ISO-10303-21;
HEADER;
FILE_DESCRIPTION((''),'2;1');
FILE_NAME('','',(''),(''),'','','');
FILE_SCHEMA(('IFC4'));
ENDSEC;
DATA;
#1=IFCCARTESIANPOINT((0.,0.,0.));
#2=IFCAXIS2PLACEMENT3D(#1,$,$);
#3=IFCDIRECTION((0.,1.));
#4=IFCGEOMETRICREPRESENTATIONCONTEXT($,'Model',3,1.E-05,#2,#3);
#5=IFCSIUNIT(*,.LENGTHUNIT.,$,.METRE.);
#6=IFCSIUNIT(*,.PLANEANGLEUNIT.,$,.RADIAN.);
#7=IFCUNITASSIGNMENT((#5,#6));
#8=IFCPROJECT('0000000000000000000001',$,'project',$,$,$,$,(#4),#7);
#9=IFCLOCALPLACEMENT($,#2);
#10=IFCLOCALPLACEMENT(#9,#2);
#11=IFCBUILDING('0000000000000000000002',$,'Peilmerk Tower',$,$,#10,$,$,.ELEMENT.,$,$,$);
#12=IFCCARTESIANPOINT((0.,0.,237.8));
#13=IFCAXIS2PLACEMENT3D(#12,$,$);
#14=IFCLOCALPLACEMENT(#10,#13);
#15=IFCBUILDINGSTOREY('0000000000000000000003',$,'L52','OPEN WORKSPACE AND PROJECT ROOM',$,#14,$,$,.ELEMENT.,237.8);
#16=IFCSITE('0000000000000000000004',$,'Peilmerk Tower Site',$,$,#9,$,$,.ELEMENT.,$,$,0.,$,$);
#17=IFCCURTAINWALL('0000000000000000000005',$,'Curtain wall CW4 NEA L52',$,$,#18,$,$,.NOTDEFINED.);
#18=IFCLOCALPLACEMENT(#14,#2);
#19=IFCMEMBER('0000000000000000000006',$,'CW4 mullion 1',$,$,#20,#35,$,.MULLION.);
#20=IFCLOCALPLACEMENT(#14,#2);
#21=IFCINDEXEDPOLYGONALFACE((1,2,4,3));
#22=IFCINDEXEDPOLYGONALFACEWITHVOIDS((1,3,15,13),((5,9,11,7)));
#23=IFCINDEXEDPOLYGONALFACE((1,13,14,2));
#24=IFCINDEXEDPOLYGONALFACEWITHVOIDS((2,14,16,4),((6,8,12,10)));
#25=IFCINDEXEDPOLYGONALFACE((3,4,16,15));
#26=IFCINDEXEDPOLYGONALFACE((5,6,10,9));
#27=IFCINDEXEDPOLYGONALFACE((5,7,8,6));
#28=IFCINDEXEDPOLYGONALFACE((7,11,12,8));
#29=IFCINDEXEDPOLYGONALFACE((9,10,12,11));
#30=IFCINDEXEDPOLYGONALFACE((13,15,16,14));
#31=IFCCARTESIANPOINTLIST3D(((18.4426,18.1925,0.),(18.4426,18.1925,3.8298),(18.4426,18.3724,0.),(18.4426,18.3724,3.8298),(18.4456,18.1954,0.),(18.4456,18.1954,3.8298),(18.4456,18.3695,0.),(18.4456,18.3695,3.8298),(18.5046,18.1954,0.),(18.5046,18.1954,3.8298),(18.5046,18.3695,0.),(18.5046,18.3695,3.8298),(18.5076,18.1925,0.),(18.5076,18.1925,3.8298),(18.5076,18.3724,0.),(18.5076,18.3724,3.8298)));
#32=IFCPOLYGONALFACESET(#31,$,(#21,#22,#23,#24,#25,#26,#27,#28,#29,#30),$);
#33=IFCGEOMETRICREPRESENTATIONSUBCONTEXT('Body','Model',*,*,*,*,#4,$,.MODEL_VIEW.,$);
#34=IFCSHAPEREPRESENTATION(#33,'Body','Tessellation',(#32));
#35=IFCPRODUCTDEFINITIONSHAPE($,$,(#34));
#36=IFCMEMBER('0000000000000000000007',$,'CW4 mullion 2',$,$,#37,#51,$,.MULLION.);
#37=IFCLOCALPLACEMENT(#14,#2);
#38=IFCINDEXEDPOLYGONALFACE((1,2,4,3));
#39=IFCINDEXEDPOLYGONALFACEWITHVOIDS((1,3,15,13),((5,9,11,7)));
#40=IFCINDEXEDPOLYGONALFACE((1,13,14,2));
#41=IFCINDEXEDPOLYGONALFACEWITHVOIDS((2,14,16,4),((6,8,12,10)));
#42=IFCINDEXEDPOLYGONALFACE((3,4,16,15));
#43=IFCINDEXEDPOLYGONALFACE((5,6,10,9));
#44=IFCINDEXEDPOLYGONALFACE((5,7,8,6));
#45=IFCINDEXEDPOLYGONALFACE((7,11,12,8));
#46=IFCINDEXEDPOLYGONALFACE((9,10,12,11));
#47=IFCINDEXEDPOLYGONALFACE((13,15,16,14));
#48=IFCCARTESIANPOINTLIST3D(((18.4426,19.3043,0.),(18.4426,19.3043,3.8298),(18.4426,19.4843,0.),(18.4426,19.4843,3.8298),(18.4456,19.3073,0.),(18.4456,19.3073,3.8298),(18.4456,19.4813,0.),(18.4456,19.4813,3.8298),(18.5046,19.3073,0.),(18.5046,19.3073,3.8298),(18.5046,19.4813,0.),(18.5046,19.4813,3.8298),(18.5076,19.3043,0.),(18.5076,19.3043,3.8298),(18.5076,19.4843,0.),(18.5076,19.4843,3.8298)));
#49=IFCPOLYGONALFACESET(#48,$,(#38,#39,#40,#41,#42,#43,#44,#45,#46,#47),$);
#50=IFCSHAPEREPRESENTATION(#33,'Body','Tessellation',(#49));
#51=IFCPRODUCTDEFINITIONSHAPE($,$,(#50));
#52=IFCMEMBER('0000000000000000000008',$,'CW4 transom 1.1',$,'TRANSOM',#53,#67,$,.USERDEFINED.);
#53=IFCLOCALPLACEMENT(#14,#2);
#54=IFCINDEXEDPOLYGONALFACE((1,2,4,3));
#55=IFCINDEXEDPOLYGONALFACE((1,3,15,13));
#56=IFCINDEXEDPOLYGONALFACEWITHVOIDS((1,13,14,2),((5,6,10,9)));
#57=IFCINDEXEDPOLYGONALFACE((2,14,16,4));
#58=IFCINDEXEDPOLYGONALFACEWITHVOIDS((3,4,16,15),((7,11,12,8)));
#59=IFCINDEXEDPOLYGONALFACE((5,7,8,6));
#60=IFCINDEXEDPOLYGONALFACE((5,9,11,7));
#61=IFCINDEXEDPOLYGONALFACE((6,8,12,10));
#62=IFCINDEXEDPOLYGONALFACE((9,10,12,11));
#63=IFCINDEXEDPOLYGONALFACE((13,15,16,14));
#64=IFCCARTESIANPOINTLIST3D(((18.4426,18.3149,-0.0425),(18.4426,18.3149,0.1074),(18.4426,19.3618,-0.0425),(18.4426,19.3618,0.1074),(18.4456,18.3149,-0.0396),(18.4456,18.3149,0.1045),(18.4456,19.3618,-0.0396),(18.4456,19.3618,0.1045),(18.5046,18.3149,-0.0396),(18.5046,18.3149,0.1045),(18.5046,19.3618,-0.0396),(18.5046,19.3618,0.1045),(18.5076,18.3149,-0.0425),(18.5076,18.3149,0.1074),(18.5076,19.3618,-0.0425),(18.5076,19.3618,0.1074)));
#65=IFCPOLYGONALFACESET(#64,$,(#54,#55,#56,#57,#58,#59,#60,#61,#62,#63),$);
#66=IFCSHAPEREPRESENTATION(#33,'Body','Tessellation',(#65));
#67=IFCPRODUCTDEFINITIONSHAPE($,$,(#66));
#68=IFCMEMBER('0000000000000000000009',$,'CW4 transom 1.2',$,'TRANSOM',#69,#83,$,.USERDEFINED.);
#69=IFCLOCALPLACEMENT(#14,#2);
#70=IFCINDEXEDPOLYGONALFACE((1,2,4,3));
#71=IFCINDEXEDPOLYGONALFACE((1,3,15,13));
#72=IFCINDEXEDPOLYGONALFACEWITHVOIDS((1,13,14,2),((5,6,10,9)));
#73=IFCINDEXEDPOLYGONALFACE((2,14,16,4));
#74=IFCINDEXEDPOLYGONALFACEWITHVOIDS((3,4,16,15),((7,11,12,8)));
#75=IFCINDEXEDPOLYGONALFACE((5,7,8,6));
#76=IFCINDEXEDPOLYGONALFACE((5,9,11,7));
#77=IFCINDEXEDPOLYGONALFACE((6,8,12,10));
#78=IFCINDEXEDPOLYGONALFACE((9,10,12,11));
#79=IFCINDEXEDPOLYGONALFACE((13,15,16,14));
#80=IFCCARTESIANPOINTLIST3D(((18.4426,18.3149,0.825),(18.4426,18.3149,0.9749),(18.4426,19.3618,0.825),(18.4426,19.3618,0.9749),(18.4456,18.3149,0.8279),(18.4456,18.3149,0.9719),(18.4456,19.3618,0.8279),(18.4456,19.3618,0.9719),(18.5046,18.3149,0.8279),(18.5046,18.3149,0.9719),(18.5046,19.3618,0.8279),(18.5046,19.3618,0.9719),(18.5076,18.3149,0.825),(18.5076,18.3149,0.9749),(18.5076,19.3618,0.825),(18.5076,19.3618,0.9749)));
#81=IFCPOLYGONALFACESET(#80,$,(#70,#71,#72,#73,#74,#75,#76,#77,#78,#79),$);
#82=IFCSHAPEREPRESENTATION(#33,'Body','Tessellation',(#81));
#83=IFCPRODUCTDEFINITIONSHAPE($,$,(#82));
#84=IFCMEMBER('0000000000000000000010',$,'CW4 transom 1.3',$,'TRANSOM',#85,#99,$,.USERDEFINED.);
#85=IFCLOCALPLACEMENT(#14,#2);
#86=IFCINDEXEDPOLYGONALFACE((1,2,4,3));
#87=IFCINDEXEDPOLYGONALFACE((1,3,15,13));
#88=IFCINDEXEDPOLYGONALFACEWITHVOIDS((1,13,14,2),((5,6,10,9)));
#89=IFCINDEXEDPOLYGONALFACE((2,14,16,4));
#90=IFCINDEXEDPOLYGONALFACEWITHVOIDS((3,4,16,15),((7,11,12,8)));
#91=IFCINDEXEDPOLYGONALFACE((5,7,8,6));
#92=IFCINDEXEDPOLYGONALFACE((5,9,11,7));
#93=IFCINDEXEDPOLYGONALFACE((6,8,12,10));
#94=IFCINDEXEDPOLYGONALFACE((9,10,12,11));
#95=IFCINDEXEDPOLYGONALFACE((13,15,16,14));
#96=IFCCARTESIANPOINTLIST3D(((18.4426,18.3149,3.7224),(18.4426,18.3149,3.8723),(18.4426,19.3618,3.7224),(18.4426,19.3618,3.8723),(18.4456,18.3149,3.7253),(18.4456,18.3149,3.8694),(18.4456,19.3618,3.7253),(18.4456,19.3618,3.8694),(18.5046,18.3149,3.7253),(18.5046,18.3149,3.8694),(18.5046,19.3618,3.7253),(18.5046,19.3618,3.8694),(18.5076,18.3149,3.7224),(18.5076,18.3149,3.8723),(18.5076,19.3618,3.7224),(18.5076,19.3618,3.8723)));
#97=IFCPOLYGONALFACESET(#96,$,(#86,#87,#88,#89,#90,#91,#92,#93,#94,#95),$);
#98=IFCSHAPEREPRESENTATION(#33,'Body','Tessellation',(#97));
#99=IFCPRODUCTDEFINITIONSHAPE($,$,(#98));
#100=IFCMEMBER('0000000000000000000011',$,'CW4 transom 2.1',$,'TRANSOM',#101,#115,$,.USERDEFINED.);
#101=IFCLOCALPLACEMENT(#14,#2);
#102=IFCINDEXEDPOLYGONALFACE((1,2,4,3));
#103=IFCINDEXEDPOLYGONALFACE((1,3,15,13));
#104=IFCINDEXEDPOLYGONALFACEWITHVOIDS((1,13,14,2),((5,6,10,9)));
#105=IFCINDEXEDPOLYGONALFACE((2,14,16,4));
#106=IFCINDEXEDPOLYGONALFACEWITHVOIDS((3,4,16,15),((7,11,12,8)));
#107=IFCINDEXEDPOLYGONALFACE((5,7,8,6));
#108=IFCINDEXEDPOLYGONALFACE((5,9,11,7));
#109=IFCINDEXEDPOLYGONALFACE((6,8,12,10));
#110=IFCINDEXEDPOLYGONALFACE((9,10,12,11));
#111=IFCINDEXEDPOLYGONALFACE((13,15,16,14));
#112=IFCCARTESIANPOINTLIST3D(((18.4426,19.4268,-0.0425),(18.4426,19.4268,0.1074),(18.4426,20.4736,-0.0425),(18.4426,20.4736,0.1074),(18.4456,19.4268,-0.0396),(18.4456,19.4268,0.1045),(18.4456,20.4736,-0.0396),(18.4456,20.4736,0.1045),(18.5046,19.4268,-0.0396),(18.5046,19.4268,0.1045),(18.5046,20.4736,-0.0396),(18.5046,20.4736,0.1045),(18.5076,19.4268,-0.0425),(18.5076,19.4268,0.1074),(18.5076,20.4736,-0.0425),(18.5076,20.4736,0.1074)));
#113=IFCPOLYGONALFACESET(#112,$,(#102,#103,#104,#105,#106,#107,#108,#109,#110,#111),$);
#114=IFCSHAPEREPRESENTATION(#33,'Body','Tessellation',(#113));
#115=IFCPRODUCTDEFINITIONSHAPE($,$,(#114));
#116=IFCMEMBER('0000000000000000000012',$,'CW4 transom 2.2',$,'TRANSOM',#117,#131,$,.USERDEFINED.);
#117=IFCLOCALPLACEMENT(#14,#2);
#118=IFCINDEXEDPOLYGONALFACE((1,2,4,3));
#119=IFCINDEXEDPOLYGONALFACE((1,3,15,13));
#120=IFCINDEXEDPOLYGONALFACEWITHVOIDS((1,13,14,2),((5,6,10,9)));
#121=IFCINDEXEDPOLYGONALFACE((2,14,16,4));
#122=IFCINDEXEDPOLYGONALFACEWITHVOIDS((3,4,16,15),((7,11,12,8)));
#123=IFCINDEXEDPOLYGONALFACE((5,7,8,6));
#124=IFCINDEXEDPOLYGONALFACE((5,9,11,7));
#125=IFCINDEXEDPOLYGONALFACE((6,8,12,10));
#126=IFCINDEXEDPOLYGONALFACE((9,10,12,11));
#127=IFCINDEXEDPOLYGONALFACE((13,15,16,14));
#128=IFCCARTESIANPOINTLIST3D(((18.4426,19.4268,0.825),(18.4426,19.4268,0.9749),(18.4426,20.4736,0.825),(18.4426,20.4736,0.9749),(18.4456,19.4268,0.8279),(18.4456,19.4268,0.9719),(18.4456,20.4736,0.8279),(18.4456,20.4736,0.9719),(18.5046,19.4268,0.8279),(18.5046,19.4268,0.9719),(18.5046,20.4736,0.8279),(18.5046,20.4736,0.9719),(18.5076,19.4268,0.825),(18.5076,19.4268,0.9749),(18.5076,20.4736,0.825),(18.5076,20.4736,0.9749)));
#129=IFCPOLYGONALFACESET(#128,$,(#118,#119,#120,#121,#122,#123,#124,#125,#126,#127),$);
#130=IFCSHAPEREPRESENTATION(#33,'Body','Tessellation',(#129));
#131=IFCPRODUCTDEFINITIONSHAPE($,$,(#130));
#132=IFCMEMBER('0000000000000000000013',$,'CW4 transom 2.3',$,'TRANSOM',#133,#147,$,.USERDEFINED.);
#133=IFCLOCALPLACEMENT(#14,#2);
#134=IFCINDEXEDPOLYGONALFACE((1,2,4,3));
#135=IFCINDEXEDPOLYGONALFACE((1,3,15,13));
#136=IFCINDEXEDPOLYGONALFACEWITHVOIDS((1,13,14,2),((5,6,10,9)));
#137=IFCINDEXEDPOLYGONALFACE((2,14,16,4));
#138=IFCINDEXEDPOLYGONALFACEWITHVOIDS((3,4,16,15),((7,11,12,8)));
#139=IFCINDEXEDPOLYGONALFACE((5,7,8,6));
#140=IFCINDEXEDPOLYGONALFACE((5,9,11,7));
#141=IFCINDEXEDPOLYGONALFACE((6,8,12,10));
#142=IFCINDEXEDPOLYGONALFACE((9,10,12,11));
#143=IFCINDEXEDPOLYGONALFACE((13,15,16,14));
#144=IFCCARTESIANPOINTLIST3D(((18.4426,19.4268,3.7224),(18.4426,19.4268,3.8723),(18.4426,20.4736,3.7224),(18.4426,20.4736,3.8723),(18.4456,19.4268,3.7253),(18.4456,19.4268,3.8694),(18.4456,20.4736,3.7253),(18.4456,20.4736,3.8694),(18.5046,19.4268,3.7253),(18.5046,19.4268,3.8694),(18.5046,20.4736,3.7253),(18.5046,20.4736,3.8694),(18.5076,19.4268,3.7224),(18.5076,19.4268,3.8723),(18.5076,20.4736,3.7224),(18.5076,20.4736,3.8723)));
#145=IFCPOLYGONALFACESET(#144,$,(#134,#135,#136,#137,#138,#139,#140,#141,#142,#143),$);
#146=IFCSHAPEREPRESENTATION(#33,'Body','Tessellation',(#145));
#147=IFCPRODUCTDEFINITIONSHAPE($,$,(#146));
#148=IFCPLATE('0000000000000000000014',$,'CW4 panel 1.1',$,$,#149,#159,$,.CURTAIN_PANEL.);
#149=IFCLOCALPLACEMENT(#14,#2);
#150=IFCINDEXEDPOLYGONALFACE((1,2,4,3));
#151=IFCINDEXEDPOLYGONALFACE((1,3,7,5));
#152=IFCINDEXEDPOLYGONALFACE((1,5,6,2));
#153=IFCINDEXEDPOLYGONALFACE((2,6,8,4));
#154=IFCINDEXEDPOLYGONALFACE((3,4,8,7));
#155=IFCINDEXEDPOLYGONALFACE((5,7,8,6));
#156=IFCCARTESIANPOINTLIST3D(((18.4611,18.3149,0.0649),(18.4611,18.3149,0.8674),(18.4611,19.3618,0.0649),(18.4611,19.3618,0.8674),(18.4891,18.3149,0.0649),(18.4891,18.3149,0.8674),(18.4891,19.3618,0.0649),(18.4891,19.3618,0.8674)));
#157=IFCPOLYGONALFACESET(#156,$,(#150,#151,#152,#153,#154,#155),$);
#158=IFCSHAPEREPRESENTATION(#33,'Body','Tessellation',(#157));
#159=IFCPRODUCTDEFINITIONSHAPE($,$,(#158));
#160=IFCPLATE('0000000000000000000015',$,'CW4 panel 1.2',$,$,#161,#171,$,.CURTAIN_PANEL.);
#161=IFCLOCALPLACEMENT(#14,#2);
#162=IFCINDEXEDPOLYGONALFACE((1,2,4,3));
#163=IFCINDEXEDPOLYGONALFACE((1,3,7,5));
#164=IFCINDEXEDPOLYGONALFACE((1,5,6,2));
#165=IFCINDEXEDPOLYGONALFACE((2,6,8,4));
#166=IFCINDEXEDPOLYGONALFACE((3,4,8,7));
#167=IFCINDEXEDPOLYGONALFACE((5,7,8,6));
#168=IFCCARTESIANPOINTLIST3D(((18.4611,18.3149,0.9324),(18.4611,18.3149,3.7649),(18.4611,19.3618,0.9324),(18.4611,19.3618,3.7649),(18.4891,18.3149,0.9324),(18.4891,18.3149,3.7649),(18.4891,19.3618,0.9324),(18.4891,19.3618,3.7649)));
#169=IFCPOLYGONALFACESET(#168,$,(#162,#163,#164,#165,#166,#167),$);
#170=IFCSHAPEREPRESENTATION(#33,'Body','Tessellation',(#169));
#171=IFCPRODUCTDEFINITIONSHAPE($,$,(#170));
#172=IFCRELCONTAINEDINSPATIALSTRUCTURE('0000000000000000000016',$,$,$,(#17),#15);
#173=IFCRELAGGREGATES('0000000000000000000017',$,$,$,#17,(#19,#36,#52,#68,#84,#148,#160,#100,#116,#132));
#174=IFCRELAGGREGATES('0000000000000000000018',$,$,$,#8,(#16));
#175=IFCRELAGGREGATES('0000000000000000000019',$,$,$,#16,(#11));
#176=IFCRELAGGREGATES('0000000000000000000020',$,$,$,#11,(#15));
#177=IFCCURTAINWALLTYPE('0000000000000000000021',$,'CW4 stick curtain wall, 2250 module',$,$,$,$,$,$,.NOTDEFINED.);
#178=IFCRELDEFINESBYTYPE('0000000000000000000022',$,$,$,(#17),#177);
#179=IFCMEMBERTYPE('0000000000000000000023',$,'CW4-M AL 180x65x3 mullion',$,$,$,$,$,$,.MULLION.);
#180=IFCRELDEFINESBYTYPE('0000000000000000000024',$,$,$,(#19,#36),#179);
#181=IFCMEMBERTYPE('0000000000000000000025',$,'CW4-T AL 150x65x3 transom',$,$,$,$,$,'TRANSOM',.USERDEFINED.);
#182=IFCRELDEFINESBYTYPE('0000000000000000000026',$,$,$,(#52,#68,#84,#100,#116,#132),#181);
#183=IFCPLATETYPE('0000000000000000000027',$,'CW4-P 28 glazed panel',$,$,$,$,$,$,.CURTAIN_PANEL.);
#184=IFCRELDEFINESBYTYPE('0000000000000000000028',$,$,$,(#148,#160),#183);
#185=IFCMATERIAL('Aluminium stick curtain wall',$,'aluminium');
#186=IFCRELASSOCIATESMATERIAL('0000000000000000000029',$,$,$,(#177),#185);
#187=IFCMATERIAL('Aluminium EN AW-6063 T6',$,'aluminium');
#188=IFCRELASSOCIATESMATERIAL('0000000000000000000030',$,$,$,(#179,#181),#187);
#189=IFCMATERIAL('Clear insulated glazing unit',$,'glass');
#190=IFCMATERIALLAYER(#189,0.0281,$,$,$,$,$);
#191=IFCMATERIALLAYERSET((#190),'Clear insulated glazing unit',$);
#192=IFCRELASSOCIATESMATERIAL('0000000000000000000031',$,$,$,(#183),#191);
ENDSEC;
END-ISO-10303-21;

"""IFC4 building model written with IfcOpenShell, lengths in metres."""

from ifc_helpers import new_model, si_unit, direction, frame, origin, origin_2d, place, context, subcontext, project, spatial, rectangle, hollow_rectangle, extrude, material, layer, layer_set, material_profile, profile_set, type_object, element, aggregate, save


model = new_model("IFC4")

# Units and contexts
model_context = context("Model", 3, precision=1e-05, world=origin(), true_north=direction((0.0, 1.0)))
body_context = subcontext(model_context, "Body", "Model", "MODEL_VIEW")
ifc_project = project(units=[si_unit("LENGTHUNIT", "METRE"), si_unit("PLANEANGLEUNIT", "RADIAN")], contexts=[model_context])

# Site, building, storey
site_placement = place(None, origin())
site = spatial("IfcSite", under=ifc_project, at=site_placement, Name="Peilmerk Tower Site", CompositionType="ELEMENT", RefElevation=0.0)
building_placement = place(site_placement, origin())
building = spatial("IfcBuilding", under=site, at=building_placement, Name="Peilmerk Tower", CompositionType="ELEMENT")
storey_placement = place(building_placement, frame((0.0, 0.0, 237.8)))
storey = spatial("IfcBuildingStorey", under=building, at=storey_placement, Name="L52", Description="OPEN WORKSPACE AND PROJECT ROOM", CompositionType="ELEMENT", Elevation=237.8)

# Curtain wall, members, plates
ifc_material_1 = material(Name="Aluminium stick curtain wall", Category="aluminium")
curtain_wall_type = type_object("IfcCurtainWallType", Name="CW4 stick curtain wall, 2250 module", PredefinedType="NOTDEFINED", material=ifc_material_1)
curtain_wall_placement = place(storey_placement, origin())
curtain_wall = element("IfcCurtainWall", 1, at=curtain_wall_placement, inside=storey, type_object=curtain_wall_type, Name="Curtain wall CW4 NEA L52", PredefinedType="NOTDEFINED")
ifc_material_2 = material(Name="Aluminium EN AW-6063 T6", Category="aluminium")
ifc_material_profile_1 = material_profile(ifc_material_2, hollow_rectangle(XDim=0.0649, YDim=0.1799, WallThickness=0.0029, at=origin_2d()), Name="AL 180x65x3")
ifc_profile_set_1 = profile_set([ifc_material_profile_1], Name="Aluminium EN AW-6063 T6")
member_type_1 = type_object("IfcMemberType", Name="CW4-M AL 180x65x3 mullion", PredefinedType="MULLION", material=ifc_profile_set_1)
member_1_placement = place(storey_placement, frame((18.4751, 18.2825, 0.0), z_axis=(0.0, 0.0, 1.0), x_axis=(-1.0, 0.0, 0.0)))
member_1 = element("IfcMember", 2, at=member_1_placement, type_object=member_type_1, Name="CW4 mullion 1", PredefinedType="MULLION", context=body_context, shape_type="SweptSolid", body=[
    extrude(hollow_rectangle(XDim=0.0649, YDim=0.1799, WallThickness=0.0029, at=origin_2d()), origin(), (0.0, 0.0, 1.0), 3.8298),
])
member_2_placement = place(storey_placement, frame((18.4751, 19.3943, 0.0), z_axis=(0.0, 0.0, 1.0), x_axis=(-1.0, 0.0, 0.0)))
member_2 = element("IfcMember", 3, at=member_2_placement, type_object=member_type_1, Name="CW4 mullion 2", PredefinedType="MULLION", context=body_context, shape_type="SweptSolid", body=[
    extrude(hollow_rectangle(XDim=0.0649, YDim=0.1799, WallThickness=0.0029, at=origin_2d()), origin(), (0.0, 0.0, 1.0), 3.8298),
])
ifc_material_profile_2 = material_profile(ifc_material_2, hollow_rectangle(XDim=0.0649, YDim=0.1499, WallThickness=0.0029, at=origin_2d()), Name="AL 150x65x3")
ifc_profile_set_2 = profile_set([ifc_material_profile_2], Name="Aluminium EN AW-6063 T6")
member_type_2 = type_object("IfcMemberType", Name="CW4-T AL 150x65x3 transom", ElementType="TRANSOM", PredefinedType="USERDEFINED", material=ifc_profile_set_2)
member_3_placement = place(storey_placement, frame((18.4751, 18.3149, 0.0325), z_axis=(0.0, 1.0, 0.0), x_axis=(-1.0, 0.0, 0.0)))
member_3 = element("IfcMember", 4, at=member_3_placement, type_object=member_type_2, Name="CW4 transom 1.1", ObjectType="TRANSOM", PredefinedType="USERDEFINED", context=body_context, shape_type="SweptSolid", body=[
    extrude(hollow_rectangle(XDim=0.0649, YDim=0.1499, WallThickness=0.0029, at=origin_2d()), origin(), (0.0, 0.0, 1.0), 1.0469),
])
member_4_placement = place(storey_placement, frame((18.4751, 18.3149, 0.8999), z_axis=(0.0, 1.0, 0.0), x_axis=(-1.0, 0.0, 0.0)))
member_4 = element("IfcMember", 5, at=member_4_placement, type_object=member_type_2, Name="CW4 transom 1.2", ObjectType="TRANSOM", PredefinedType="USERDEFINED", context=body_context, shape_type="SweptSolid", body=[
    extrude(hollow_rectangle(XDim=0.0649, YDim=0.1499, WallThickness=0.0029, at=origin_2d()), origin(), (0.0, 0.0, 1.0), 1.0469),
])
member_5_placement = place(storey_placement, frame((18.4751, 18.3149, 3.7974), z_axis=(0.0, 1.0, 0.0), x_axis=(-1.0, 0.0, 0.0)))
member_5 = element("IfcMember", 6, at=member_5_placement, type_object=member_type_2, Name="CW4 transom 1.3", ObjectType="TRANSOM", PredefinedType="USERDEFINED", context=body_context, shape_type="SweptSolid", body=[
    extrude(hollow_rectangle(XDim=0.0649, YDim=0.1499, WallThickness=0.0029, at=origin_2d()), origin(), (0.0, 0.0, 1.0), 1.0469),
])
member_6_placement = place(storey_placement, frame((18.4751, 19.4268, 0.0325), z_axis=(0.0, 1.0, 0.0), x_axis=(-1.0, 0.0, 0.0)))
member_6 = element("IfcMember", 7, at=member_6_placement, type_object=member_type_2, Name="CW4 transom 2.1", ObjectType="TRANSOM", PredefinedType="USERDEFINED", context=body_context, shape_type="SweptSolid", body=[
    extrude(hollow_rectangle(XDim=0.0649, YDim=0.1499, WallThickness=0.0029, at=origin_2d()), origin(), (0.0, 0.0, 1.0), 1.0469),
])
member_7_placement = place(storey_placement, frame((18.4751, 19.4268, 0.8999), z_axis=(0.0, 1.0, 0.0), x_axis=(-1.0, 0.0, 0.0)))
member_7 = element("IfcMember", 8, at=member_7_placement, type_object=member_type_2, Name="CW4 transom 2.2", ObjectType="TRANSOM", PredefinedType="USERDEFINED", context=body_context, shape_type="SweptSolid", body=[
    extrude(hollow_rectangle(XDim=0.0649, YDim=0.1499, WallThickness=0.0029, at=origin_2d()), origin(), (0.0, 0.0, 1.0), 1.0469),
])
member_8_placement = place(storey_placement, frame((18.4751, 19.4268, 3.7974), z_axis=(0.0, 1.0, 0.0), x_axis=(-1.0, 0.0, 0.0)))
member_8 = element("IfcMember", 9, at=member_8_placement, type_object=member_type_2, Name="CW4 transom 2.3", ObjectType="TRANSOM", PredefinedType="USERDEFINED", context=body_context, shape_type="SweptSolid", body=[
    extrude(hollow_rectangle(XDim=0.0649, YDim=0.1499, WallThickness=0.0029, at=origin_2d()), origin(), (0.0, 0.0, 1.0), 1.0469),
])
ifc_material_3 = material(Name="Clear insulated glazing unit", Category="glass")
ifc_layer_1 = layer(ifc_material_3, 0.0281)
ifc_layer_set_1 = layer_set([ifc_layer_1], Name="Clear insulated glazing unit")
plate_type = type_object("IfcPlateType", Name="CW4-P 28 glazed panel", PredefinedType="CURTAIN_PANEL", material=ifc_layer_set_1)
plate_1_placement = place(storey_placement, frame((18.4751, 18.8384, 0.0649), z_axis=(0.0, 0.0, 1.0), x_axis=(0.0, 1.0, 0.0)))
plate_1 = element("IfcPlate", 10, at=plate_1_placement, type_object=plate_type, Name="CW4 panel 1.1", PredefinedType="CURTAIN_PANEL", context=body_context, shape_type="SweptSolid", body=[
    extrude(rectangle(XDim=1.0469, YDim=0.0281, at=origin_2d()), origin(), (0.0, 0.0, 1.0), 0.8025),
])
plate_2_placement = place(storey_placement, frame((18.4751, 18.8384, 0.9324), z_axis=(0.0, 0.0, 1.0), x_axis=(0.0, 1.0, 0.0)))
plate_2 = element("IfcPlate", 11, at=plate_2_placement, type_object=plate_type, Name="CW4 panel 1.2", PredefinedType="CURTAIN_PANEL", context=body_context, shape_type="SweptSolid", body=[
    extrude(rectangle(XDim=1.0469, YDim=0.0281, at=origin_2d()), origin(), (0.0, 0.0, 1.0), 2.8325),
])
aggregate(curtain_wall, [member_1, member_2, member_3, member_4, member_5, plate_1, plate_2, member_6, member_7, member_8])

save(model, "model.ifc")
